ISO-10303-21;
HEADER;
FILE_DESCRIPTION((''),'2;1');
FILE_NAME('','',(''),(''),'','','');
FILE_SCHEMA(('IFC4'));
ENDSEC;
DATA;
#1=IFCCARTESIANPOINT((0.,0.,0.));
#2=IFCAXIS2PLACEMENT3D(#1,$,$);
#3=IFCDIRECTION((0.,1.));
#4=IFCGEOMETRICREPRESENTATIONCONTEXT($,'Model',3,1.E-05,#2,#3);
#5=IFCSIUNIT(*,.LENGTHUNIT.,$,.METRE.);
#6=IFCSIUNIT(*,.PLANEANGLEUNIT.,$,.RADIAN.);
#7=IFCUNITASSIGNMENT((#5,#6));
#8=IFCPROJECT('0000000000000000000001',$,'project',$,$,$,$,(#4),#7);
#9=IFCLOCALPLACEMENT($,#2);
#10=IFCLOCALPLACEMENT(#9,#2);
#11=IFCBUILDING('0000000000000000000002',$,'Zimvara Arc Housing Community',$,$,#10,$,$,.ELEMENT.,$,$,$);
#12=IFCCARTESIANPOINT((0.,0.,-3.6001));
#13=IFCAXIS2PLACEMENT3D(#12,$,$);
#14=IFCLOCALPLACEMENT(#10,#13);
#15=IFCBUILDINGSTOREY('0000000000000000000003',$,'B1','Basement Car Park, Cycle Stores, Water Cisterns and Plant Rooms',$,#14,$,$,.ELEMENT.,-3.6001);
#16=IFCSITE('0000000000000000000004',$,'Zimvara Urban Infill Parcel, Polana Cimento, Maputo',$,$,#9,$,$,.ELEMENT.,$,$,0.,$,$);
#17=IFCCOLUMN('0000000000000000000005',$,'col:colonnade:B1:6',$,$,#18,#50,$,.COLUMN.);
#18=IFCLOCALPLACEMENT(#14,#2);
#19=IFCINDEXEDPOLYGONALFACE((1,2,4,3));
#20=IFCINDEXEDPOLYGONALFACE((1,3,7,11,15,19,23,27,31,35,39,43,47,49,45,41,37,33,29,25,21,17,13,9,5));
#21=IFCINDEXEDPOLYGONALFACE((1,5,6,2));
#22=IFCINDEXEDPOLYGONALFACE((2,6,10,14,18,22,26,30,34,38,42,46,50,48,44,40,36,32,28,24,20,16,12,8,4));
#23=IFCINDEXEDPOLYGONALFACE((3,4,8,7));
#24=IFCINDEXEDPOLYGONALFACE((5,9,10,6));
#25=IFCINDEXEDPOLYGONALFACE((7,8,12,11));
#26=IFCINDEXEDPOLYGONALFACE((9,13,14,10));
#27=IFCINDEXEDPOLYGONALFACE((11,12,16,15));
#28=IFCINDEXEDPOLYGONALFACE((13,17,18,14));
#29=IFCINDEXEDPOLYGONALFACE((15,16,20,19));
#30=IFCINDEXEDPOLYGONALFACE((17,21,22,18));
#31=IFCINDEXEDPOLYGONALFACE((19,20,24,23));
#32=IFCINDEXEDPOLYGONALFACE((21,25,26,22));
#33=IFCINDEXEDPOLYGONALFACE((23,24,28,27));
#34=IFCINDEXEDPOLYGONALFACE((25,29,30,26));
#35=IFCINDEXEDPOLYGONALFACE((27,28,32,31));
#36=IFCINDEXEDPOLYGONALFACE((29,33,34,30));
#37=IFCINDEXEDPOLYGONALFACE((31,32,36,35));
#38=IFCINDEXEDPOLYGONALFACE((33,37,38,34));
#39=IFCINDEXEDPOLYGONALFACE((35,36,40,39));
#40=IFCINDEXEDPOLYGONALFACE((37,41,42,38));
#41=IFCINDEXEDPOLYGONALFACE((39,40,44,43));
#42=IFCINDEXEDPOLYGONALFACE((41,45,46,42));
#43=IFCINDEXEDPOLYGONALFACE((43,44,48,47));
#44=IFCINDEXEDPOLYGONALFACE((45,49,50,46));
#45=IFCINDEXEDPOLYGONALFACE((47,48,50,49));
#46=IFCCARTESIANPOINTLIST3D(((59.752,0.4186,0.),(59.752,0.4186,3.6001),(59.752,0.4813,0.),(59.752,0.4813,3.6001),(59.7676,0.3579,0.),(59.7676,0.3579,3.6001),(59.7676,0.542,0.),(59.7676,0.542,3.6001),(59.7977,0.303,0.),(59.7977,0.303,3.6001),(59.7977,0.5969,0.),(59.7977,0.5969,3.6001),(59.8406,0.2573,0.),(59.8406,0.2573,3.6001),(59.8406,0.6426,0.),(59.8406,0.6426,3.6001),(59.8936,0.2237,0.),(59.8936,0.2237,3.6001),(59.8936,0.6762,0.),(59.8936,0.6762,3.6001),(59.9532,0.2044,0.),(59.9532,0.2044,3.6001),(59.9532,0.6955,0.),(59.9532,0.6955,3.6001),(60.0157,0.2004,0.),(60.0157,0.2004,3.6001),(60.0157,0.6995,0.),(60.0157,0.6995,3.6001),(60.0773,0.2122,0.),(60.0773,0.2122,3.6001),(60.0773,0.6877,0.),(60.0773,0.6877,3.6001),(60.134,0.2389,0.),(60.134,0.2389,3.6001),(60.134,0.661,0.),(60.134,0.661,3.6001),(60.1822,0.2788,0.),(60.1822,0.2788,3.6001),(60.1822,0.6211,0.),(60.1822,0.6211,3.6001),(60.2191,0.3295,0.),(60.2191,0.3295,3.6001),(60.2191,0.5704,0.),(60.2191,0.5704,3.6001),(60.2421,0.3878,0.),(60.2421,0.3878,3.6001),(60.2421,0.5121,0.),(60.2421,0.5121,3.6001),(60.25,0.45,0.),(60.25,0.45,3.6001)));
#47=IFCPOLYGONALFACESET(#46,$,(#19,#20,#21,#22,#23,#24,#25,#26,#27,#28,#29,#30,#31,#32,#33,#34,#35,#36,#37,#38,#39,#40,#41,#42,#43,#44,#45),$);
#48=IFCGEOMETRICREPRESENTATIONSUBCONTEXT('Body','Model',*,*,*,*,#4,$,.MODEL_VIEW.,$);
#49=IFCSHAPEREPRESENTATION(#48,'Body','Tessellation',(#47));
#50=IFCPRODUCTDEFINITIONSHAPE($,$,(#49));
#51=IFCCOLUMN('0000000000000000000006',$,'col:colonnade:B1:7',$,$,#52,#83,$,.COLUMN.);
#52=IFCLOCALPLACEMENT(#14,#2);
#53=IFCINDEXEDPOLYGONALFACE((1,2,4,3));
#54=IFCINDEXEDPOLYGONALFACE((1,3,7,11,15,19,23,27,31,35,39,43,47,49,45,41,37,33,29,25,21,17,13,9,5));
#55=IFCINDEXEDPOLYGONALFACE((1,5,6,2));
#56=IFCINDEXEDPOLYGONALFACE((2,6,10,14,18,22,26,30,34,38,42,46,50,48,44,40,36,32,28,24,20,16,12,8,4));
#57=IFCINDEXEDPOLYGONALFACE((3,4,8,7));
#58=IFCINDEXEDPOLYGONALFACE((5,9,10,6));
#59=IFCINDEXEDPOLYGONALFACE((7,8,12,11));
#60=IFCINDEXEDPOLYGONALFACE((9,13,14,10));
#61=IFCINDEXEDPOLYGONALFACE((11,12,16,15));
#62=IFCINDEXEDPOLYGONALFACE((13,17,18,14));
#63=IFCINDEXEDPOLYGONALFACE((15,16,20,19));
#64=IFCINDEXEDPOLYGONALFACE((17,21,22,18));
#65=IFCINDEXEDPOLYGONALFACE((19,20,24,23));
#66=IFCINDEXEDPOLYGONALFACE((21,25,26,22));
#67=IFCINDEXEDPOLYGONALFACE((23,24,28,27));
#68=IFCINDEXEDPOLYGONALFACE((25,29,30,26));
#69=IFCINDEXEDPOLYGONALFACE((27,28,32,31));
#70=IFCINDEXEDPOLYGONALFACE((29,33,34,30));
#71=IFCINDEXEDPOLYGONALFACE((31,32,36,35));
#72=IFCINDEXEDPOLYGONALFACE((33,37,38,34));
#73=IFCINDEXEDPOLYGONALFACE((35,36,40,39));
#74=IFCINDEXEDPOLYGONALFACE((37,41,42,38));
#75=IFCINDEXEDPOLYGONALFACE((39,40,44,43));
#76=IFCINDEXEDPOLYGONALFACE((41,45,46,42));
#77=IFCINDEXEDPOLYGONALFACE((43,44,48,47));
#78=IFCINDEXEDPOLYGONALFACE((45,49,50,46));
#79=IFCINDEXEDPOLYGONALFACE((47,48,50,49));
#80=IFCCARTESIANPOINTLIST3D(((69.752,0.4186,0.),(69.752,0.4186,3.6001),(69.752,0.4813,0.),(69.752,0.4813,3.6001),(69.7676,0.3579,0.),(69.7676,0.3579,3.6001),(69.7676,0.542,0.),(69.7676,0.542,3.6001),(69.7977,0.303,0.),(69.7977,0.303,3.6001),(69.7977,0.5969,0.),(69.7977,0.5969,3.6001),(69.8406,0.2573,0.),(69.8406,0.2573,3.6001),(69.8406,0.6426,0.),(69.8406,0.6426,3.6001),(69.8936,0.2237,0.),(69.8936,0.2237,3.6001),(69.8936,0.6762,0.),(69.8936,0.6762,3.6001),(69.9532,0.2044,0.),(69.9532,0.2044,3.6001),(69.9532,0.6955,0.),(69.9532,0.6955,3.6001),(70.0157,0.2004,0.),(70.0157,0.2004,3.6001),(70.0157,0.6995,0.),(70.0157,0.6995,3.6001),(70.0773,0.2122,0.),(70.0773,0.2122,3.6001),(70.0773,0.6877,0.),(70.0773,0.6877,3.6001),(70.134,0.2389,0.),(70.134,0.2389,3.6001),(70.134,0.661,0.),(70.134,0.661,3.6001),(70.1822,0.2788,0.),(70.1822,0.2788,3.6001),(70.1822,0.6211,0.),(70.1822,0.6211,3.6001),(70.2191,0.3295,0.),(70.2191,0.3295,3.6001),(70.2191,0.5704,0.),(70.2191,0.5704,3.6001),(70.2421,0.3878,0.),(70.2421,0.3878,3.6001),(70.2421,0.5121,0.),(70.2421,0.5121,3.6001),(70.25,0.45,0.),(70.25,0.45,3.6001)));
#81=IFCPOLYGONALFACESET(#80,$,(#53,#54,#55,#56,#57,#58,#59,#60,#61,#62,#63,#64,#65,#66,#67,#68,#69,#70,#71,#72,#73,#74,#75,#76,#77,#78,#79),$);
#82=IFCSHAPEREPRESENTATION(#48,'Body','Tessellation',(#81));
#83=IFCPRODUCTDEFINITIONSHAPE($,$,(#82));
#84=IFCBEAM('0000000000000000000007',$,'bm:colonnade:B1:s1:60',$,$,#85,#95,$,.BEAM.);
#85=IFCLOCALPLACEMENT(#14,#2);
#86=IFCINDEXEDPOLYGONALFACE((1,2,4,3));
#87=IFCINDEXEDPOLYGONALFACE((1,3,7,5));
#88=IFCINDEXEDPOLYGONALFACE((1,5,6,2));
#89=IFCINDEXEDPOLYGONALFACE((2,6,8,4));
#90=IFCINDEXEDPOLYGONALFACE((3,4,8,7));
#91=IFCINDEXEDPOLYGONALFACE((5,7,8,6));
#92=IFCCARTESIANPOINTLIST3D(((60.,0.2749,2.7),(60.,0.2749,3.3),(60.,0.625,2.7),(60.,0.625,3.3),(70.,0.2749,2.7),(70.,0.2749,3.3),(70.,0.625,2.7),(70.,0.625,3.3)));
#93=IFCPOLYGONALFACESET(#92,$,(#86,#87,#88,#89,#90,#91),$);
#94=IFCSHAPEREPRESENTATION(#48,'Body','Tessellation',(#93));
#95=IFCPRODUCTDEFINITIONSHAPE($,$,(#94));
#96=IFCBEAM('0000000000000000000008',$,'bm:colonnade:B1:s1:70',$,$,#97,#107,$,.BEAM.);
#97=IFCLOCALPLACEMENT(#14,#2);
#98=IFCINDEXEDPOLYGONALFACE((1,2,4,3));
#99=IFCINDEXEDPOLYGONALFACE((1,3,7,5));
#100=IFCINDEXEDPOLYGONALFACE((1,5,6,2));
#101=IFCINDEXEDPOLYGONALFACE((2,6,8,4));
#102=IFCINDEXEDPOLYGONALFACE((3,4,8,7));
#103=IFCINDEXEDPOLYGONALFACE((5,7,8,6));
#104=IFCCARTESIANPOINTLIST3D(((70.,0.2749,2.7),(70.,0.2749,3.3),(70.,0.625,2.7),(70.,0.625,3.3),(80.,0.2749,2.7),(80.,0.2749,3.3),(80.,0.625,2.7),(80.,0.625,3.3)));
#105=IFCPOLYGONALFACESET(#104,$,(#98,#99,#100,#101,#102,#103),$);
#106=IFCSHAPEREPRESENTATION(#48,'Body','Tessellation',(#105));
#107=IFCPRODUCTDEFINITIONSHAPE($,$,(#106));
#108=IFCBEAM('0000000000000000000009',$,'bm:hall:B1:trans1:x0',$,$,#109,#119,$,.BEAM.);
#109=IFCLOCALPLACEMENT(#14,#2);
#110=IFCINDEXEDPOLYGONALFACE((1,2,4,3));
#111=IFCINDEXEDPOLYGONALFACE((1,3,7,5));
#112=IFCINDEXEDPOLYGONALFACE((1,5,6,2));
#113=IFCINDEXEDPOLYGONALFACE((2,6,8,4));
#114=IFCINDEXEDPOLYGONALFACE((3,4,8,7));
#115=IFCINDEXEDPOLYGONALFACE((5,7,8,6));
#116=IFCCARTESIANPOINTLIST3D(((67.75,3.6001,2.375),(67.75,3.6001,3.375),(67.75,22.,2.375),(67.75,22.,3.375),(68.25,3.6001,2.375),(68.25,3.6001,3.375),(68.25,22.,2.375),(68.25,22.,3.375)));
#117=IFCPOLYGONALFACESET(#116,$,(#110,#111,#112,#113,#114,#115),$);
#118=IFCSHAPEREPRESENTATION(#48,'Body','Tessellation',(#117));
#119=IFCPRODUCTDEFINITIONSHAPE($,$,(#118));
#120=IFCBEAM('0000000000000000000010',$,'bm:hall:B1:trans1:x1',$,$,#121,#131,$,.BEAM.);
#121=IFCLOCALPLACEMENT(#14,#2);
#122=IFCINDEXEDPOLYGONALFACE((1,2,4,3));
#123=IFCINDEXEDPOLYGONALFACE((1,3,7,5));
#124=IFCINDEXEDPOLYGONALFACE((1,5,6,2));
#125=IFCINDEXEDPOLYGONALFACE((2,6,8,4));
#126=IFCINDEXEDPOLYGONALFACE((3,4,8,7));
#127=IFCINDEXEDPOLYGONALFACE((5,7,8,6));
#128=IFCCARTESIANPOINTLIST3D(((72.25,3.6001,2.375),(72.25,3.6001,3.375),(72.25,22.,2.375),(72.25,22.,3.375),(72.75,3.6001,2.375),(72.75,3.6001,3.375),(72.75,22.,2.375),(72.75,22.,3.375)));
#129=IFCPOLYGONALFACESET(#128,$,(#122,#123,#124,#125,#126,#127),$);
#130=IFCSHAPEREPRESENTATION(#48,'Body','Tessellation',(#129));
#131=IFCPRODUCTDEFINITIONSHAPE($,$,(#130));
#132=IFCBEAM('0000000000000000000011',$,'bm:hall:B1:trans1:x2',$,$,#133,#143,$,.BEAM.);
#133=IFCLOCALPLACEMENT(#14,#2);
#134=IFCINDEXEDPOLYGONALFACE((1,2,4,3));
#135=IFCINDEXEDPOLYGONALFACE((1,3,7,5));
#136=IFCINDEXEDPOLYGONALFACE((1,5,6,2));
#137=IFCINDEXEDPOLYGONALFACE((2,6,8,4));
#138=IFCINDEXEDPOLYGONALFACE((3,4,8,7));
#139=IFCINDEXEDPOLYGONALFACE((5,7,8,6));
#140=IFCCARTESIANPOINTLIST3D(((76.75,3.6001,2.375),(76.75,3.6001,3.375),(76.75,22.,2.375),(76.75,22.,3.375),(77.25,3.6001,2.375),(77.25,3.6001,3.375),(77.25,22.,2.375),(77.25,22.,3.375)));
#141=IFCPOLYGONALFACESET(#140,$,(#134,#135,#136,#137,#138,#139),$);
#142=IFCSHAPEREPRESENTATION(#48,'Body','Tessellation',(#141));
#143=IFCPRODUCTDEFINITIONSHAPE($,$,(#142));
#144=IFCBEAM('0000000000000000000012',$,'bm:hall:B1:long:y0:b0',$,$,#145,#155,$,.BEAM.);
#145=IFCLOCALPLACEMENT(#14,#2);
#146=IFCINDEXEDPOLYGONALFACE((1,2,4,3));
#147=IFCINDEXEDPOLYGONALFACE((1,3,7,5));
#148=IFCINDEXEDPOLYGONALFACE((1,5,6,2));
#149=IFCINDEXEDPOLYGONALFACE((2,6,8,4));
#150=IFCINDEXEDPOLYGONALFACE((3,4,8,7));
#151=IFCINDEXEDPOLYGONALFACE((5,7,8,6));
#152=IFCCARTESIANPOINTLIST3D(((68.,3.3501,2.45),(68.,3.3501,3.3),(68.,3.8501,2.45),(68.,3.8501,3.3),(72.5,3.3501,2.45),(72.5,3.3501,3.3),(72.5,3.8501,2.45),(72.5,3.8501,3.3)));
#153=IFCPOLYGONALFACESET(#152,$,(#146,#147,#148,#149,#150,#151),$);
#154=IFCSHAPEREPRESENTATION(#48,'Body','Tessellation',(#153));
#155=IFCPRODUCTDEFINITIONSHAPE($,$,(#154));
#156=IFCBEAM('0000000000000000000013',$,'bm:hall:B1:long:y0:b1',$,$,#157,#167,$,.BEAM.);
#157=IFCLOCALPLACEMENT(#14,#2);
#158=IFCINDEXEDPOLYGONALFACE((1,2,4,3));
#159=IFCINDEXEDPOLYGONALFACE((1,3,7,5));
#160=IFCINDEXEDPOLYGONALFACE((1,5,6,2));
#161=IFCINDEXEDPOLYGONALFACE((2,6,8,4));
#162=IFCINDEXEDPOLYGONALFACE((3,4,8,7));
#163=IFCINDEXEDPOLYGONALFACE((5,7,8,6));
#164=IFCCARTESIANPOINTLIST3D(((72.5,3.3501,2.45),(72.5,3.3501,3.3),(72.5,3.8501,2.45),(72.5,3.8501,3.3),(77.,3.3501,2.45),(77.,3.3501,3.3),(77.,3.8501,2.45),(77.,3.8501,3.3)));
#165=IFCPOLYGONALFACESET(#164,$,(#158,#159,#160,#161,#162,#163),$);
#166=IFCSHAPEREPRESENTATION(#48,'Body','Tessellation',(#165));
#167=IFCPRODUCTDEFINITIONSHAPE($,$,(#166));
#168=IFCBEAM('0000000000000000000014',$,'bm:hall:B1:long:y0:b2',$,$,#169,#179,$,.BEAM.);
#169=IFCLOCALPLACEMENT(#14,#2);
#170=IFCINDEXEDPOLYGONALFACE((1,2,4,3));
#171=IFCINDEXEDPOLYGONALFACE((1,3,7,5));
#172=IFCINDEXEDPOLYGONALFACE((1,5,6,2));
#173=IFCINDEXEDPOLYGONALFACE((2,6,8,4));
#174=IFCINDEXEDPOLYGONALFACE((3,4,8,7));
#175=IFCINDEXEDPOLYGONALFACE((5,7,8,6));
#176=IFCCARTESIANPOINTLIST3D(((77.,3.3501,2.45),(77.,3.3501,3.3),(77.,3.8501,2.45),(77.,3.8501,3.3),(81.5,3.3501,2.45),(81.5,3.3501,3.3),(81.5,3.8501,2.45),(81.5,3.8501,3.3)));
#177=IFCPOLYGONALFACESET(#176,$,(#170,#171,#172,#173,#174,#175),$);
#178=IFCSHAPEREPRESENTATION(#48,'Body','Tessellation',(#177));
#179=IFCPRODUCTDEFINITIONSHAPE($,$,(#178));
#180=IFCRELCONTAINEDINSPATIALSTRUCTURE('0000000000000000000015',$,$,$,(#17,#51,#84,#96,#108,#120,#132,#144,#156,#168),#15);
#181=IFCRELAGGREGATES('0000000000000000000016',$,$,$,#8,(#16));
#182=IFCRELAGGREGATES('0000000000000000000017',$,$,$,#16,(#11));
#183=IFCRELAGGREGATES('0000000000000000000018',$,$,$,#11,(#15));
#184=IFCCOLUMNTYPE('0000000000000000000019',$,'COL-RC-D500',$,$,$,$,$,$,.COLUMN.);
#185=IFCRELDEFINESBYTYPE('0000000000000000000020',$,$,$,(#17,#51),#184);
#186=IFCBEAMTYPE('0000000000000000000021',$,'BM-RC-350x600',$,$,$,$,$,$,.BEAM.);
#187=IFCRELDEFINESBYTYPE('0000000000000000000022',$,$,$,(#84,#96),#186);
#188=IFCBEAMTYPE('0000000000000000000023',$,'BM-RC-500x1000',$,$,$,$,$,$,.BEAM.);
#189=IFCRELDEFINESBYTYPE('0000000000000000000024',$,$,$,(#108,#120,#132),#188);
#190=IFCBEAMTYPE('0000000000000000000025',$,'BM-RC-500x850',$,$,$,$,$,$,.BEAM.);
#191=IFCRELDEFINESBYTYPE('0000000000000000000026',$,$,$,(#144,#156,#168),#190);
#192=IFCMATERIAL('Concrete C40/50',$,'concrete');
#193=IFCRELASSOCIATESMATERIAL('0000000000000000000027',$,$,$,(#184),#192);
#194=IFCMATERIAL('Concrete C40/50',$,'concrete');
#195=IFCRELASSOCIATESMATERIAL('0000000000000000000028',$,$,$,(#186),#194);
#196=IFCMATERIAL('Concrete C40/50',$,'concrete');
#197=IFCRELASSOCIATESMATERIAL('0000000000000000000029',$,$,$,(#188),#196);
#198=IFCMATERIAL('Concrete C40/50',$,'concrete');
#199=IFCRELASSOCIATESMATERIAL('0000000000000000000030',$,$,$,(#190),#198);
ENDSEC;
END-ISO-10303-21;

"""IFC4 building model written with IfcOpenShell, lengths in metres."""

from ifc_helpers import new_model, si_unit, direction, frame, origin, origin_2d, place, context, subcontext, project, spatial, rectangle, circle, extrude, material, material_profile, profile_set, type_object, element, save


model = new_model("IFC4")

# Units and contexts
model_context = context("Model", 3, precision=1e-05, world=origin(), true_north=direction((0.0, 1.0)))
body_context = subcontext(model_context, "Body", "Model", "MODEL_VIEW")
ifc_project = project(units=[si_unit("LENGTHUNIT", "METRE"), si_unit("PLANEANGLEUNIT", "RADIAN")], contexts=[model_context])

# Site, building, storey
site_placement = place(None, origin())
site = spatial("IfcSite", under=ifc_project, at=site_placement, Name="Zimvara Urban Infill Parcel, Polana Cimento, Maputo", CompositionType="ELEMENT", RefElevation=0.0)
building_placement = place(site_placement, origin())
building = spatial("IfcBuilding", under=site, at=building_placement, Name="Zimvara Arc Housing Community", CompositionType="ELEMENT")
storey_placement = place(building_placement, frame((0.0, 0.0, -3.6001)))
storey = spatial("IfcBuildingStorey", under=building, at=storey_placement, Name="B1", Description="Basement Car Park, Cycle Stores, Water Cisterns and Plant Rooms", CompositionType="ELEMENT", Elevation=-3.6001)

# Columns
ifc_material_1 = material(Name="Concrete C40/50", Category="concrete")
ifc_material_profile_1 = material_profile(ifc_material_1, circle(Radius=0.25, at=origin_2d()), Name="RC D500")
ifc_profile_set_1 = profile_set([ifc_material_profile_1], Name="Concrete C40/50")
column_type_1 = type_object("IfcColumnType", Name="COL-RC-D500", PredefinedType="COLUMN", material=ifc_profile_set_1)
for number, where, z_axis, x_axis, name in (
    (1, (60.0, 0.45, 0.0), (0.0, 0.0, 1.0), (1.0, 0.0, 0.0), "col:colonnade:B1:6"),
    (2, (70.0, 0.45, 0.0), (0.0, 0.0, 1.0), (1.0, 0.0, 0.0), "col:colonnade:B1:7"),
):
    element("IfcColumn", number, at=place(storey_placement, frame(where, z_axis=z_axis, x_axis=x_axis)), inside=storey, type_object=column_type_1, Name=name, PredefinedType="COLUMN", context=body_context, shape_type="SweptSolid", body=[
        extrude(circle(Radius=0.25, at=origin_2d()), origin(), (0.0, 0.0, 1.0), 3.6001),
    ])

# Beams
ifc_material_2 = material(Name="Concrete C40/50", Category="concrete")
ifc_material_profile_2 = material_profile(ifc_material_2, rectangle(XDim=0.3501, YDim=0.6001, at=origin_2d()), Name="RC 350x600")
ifc_profile_set_2 = profile_set([ifc_material_profile_2], Name="Concrete C40/50")
beam_type_1 = type_object("IfcBeamType", Name="BM-RC-350x600", PredefinedType="BEAM", material=ifc_profile_set_2)
for number, where, z_axis, x_axis, name in (
    (3, (60.0, 0.45, 3.0), (1.0, 0.0, 0.0), (0.0, 1.0, 0.0), "bm:colonnade:B1:s1:60"),
    (4, (70.0, 0.45, 3.0), (1.0, 0.0, 0.0), (0.0, 1.0, 0.0), "bm:colonnade:B1:s1:70"),
):
    element("IfcBeam", number, at=place(storey_placement, frame(where, z_axis=z_axis, x_axis=x_axis)), inside=storey, type_object=beam_type_1, Name=name, PredefinedType="BEAM", context=body_context, shape_type="SweptSolid", body=[
        extrude(rectangle(XDim=0.3501, YDim=0.6001, at=origin_2d()), origin(), (0.0, 0.0, 1.0), 10.0),
    ])
ifc_material_3 = material(Name="Concrete C40/50", Category="concrete")
ifc_material_profile_3 = material_profile(ifc_material_3, rectangle(XDim=0.5, YDim=1.0, at=origin_2d()), Name="RC 500x1000")
ifc_profile_set_3 = profile_set([ifc_material_profile_3], Name="Concrete C40/50")
beam_type_2 = type_object("IfcBeamType", Name="BM-RC-500x1000", PredefinedType="BEAM", material=ifc_profile_set_3)
for number, where, z_axis, x_axis, name in (
    (5, (68.0, 3.6001, 2.875), (0.0, 1.0, 0.0), (-1.0, 0.0, 0.0), "bm:hall:B1:trans1:x0"),
    (6, (72.5, 3.6001, 2.875), (0.0, 1.0, 0.0), (-1.0, 0.0, 0.0), "bm:hall:B1:trans1:x1"),
    (7, (77.0, 3.6001, 2.875), (0.0, 1.0, 0.0), (-1.0, 0.0, 0.0), "bm:hall:B1:trans1:x2"),
):
    element("IfcBeam", number, at=place(storey_placement, frame(where, z_axis=z_axis, x_axis=x_axis)), inside=storey, type_object=beam_type_2, Name=name, PredefinedType="BEAM", context=body_context, shape_type="SweptSolid", body=[
        extrude(rectangle(XDim=0.5, YDim=1.0, at=origin_2d()), origin(), (0.0, 0.0, 1.0), 18.3999),
    ])
ifc_material_4 = material(Name="Concrete C40/50", Category="concrete")
ifc_material_profile_4 = material_profile(ifc_material_4, rectangle(XDim=0.5, YDim=0.8501, at=origin_2d()), Name="RC 500x850")
ifc_profile_set_4 = profile_set([ifc_material_profile_4], Name="Concrete C40/50")
beam_type_3 = type_object("IfcBeamType", Name="BM-RC-500x850", PredefinedType="BEAM", material=ifc_profile_set_4)
for number, where, z_axis, x_axis, name in (
    (8, (68.0, 3.6001, 2.875), (1.0, 0.0, 0.0), (0.0, 1.0, 0.0), "bm:hall:B1:long:y0:b0"),
    (9, (72.5, 3.6001, 2.875), (1.0, 0.0, 0.0), (0.0, 1.0, 0.0), "bm:hall:B1:long:y0:b1"),
    (10, (77.0, 3.6001, 2.875), (1.0, 0.0, 0.0), (0.0, 1.0, 0.0), "bm:hall:B1:long:y0:b2"),
):
    element("IfcBeam", number, at=place(storey_placement, frame(where, z_axis=z_axis, x_axis=x_axis)), inside=storey, type_object=beam_type_3, Name=name, PredefinedType="BEAM", context=body_context, shape_type="SweptSolid", body=[
        extrude(rectangle(XDim=0.5, YDim=0.8501, at=origin_2d()), origin(), (0.0, 0.0, 1.0), 4.5),
    ])

save(model, "model.ifc")
